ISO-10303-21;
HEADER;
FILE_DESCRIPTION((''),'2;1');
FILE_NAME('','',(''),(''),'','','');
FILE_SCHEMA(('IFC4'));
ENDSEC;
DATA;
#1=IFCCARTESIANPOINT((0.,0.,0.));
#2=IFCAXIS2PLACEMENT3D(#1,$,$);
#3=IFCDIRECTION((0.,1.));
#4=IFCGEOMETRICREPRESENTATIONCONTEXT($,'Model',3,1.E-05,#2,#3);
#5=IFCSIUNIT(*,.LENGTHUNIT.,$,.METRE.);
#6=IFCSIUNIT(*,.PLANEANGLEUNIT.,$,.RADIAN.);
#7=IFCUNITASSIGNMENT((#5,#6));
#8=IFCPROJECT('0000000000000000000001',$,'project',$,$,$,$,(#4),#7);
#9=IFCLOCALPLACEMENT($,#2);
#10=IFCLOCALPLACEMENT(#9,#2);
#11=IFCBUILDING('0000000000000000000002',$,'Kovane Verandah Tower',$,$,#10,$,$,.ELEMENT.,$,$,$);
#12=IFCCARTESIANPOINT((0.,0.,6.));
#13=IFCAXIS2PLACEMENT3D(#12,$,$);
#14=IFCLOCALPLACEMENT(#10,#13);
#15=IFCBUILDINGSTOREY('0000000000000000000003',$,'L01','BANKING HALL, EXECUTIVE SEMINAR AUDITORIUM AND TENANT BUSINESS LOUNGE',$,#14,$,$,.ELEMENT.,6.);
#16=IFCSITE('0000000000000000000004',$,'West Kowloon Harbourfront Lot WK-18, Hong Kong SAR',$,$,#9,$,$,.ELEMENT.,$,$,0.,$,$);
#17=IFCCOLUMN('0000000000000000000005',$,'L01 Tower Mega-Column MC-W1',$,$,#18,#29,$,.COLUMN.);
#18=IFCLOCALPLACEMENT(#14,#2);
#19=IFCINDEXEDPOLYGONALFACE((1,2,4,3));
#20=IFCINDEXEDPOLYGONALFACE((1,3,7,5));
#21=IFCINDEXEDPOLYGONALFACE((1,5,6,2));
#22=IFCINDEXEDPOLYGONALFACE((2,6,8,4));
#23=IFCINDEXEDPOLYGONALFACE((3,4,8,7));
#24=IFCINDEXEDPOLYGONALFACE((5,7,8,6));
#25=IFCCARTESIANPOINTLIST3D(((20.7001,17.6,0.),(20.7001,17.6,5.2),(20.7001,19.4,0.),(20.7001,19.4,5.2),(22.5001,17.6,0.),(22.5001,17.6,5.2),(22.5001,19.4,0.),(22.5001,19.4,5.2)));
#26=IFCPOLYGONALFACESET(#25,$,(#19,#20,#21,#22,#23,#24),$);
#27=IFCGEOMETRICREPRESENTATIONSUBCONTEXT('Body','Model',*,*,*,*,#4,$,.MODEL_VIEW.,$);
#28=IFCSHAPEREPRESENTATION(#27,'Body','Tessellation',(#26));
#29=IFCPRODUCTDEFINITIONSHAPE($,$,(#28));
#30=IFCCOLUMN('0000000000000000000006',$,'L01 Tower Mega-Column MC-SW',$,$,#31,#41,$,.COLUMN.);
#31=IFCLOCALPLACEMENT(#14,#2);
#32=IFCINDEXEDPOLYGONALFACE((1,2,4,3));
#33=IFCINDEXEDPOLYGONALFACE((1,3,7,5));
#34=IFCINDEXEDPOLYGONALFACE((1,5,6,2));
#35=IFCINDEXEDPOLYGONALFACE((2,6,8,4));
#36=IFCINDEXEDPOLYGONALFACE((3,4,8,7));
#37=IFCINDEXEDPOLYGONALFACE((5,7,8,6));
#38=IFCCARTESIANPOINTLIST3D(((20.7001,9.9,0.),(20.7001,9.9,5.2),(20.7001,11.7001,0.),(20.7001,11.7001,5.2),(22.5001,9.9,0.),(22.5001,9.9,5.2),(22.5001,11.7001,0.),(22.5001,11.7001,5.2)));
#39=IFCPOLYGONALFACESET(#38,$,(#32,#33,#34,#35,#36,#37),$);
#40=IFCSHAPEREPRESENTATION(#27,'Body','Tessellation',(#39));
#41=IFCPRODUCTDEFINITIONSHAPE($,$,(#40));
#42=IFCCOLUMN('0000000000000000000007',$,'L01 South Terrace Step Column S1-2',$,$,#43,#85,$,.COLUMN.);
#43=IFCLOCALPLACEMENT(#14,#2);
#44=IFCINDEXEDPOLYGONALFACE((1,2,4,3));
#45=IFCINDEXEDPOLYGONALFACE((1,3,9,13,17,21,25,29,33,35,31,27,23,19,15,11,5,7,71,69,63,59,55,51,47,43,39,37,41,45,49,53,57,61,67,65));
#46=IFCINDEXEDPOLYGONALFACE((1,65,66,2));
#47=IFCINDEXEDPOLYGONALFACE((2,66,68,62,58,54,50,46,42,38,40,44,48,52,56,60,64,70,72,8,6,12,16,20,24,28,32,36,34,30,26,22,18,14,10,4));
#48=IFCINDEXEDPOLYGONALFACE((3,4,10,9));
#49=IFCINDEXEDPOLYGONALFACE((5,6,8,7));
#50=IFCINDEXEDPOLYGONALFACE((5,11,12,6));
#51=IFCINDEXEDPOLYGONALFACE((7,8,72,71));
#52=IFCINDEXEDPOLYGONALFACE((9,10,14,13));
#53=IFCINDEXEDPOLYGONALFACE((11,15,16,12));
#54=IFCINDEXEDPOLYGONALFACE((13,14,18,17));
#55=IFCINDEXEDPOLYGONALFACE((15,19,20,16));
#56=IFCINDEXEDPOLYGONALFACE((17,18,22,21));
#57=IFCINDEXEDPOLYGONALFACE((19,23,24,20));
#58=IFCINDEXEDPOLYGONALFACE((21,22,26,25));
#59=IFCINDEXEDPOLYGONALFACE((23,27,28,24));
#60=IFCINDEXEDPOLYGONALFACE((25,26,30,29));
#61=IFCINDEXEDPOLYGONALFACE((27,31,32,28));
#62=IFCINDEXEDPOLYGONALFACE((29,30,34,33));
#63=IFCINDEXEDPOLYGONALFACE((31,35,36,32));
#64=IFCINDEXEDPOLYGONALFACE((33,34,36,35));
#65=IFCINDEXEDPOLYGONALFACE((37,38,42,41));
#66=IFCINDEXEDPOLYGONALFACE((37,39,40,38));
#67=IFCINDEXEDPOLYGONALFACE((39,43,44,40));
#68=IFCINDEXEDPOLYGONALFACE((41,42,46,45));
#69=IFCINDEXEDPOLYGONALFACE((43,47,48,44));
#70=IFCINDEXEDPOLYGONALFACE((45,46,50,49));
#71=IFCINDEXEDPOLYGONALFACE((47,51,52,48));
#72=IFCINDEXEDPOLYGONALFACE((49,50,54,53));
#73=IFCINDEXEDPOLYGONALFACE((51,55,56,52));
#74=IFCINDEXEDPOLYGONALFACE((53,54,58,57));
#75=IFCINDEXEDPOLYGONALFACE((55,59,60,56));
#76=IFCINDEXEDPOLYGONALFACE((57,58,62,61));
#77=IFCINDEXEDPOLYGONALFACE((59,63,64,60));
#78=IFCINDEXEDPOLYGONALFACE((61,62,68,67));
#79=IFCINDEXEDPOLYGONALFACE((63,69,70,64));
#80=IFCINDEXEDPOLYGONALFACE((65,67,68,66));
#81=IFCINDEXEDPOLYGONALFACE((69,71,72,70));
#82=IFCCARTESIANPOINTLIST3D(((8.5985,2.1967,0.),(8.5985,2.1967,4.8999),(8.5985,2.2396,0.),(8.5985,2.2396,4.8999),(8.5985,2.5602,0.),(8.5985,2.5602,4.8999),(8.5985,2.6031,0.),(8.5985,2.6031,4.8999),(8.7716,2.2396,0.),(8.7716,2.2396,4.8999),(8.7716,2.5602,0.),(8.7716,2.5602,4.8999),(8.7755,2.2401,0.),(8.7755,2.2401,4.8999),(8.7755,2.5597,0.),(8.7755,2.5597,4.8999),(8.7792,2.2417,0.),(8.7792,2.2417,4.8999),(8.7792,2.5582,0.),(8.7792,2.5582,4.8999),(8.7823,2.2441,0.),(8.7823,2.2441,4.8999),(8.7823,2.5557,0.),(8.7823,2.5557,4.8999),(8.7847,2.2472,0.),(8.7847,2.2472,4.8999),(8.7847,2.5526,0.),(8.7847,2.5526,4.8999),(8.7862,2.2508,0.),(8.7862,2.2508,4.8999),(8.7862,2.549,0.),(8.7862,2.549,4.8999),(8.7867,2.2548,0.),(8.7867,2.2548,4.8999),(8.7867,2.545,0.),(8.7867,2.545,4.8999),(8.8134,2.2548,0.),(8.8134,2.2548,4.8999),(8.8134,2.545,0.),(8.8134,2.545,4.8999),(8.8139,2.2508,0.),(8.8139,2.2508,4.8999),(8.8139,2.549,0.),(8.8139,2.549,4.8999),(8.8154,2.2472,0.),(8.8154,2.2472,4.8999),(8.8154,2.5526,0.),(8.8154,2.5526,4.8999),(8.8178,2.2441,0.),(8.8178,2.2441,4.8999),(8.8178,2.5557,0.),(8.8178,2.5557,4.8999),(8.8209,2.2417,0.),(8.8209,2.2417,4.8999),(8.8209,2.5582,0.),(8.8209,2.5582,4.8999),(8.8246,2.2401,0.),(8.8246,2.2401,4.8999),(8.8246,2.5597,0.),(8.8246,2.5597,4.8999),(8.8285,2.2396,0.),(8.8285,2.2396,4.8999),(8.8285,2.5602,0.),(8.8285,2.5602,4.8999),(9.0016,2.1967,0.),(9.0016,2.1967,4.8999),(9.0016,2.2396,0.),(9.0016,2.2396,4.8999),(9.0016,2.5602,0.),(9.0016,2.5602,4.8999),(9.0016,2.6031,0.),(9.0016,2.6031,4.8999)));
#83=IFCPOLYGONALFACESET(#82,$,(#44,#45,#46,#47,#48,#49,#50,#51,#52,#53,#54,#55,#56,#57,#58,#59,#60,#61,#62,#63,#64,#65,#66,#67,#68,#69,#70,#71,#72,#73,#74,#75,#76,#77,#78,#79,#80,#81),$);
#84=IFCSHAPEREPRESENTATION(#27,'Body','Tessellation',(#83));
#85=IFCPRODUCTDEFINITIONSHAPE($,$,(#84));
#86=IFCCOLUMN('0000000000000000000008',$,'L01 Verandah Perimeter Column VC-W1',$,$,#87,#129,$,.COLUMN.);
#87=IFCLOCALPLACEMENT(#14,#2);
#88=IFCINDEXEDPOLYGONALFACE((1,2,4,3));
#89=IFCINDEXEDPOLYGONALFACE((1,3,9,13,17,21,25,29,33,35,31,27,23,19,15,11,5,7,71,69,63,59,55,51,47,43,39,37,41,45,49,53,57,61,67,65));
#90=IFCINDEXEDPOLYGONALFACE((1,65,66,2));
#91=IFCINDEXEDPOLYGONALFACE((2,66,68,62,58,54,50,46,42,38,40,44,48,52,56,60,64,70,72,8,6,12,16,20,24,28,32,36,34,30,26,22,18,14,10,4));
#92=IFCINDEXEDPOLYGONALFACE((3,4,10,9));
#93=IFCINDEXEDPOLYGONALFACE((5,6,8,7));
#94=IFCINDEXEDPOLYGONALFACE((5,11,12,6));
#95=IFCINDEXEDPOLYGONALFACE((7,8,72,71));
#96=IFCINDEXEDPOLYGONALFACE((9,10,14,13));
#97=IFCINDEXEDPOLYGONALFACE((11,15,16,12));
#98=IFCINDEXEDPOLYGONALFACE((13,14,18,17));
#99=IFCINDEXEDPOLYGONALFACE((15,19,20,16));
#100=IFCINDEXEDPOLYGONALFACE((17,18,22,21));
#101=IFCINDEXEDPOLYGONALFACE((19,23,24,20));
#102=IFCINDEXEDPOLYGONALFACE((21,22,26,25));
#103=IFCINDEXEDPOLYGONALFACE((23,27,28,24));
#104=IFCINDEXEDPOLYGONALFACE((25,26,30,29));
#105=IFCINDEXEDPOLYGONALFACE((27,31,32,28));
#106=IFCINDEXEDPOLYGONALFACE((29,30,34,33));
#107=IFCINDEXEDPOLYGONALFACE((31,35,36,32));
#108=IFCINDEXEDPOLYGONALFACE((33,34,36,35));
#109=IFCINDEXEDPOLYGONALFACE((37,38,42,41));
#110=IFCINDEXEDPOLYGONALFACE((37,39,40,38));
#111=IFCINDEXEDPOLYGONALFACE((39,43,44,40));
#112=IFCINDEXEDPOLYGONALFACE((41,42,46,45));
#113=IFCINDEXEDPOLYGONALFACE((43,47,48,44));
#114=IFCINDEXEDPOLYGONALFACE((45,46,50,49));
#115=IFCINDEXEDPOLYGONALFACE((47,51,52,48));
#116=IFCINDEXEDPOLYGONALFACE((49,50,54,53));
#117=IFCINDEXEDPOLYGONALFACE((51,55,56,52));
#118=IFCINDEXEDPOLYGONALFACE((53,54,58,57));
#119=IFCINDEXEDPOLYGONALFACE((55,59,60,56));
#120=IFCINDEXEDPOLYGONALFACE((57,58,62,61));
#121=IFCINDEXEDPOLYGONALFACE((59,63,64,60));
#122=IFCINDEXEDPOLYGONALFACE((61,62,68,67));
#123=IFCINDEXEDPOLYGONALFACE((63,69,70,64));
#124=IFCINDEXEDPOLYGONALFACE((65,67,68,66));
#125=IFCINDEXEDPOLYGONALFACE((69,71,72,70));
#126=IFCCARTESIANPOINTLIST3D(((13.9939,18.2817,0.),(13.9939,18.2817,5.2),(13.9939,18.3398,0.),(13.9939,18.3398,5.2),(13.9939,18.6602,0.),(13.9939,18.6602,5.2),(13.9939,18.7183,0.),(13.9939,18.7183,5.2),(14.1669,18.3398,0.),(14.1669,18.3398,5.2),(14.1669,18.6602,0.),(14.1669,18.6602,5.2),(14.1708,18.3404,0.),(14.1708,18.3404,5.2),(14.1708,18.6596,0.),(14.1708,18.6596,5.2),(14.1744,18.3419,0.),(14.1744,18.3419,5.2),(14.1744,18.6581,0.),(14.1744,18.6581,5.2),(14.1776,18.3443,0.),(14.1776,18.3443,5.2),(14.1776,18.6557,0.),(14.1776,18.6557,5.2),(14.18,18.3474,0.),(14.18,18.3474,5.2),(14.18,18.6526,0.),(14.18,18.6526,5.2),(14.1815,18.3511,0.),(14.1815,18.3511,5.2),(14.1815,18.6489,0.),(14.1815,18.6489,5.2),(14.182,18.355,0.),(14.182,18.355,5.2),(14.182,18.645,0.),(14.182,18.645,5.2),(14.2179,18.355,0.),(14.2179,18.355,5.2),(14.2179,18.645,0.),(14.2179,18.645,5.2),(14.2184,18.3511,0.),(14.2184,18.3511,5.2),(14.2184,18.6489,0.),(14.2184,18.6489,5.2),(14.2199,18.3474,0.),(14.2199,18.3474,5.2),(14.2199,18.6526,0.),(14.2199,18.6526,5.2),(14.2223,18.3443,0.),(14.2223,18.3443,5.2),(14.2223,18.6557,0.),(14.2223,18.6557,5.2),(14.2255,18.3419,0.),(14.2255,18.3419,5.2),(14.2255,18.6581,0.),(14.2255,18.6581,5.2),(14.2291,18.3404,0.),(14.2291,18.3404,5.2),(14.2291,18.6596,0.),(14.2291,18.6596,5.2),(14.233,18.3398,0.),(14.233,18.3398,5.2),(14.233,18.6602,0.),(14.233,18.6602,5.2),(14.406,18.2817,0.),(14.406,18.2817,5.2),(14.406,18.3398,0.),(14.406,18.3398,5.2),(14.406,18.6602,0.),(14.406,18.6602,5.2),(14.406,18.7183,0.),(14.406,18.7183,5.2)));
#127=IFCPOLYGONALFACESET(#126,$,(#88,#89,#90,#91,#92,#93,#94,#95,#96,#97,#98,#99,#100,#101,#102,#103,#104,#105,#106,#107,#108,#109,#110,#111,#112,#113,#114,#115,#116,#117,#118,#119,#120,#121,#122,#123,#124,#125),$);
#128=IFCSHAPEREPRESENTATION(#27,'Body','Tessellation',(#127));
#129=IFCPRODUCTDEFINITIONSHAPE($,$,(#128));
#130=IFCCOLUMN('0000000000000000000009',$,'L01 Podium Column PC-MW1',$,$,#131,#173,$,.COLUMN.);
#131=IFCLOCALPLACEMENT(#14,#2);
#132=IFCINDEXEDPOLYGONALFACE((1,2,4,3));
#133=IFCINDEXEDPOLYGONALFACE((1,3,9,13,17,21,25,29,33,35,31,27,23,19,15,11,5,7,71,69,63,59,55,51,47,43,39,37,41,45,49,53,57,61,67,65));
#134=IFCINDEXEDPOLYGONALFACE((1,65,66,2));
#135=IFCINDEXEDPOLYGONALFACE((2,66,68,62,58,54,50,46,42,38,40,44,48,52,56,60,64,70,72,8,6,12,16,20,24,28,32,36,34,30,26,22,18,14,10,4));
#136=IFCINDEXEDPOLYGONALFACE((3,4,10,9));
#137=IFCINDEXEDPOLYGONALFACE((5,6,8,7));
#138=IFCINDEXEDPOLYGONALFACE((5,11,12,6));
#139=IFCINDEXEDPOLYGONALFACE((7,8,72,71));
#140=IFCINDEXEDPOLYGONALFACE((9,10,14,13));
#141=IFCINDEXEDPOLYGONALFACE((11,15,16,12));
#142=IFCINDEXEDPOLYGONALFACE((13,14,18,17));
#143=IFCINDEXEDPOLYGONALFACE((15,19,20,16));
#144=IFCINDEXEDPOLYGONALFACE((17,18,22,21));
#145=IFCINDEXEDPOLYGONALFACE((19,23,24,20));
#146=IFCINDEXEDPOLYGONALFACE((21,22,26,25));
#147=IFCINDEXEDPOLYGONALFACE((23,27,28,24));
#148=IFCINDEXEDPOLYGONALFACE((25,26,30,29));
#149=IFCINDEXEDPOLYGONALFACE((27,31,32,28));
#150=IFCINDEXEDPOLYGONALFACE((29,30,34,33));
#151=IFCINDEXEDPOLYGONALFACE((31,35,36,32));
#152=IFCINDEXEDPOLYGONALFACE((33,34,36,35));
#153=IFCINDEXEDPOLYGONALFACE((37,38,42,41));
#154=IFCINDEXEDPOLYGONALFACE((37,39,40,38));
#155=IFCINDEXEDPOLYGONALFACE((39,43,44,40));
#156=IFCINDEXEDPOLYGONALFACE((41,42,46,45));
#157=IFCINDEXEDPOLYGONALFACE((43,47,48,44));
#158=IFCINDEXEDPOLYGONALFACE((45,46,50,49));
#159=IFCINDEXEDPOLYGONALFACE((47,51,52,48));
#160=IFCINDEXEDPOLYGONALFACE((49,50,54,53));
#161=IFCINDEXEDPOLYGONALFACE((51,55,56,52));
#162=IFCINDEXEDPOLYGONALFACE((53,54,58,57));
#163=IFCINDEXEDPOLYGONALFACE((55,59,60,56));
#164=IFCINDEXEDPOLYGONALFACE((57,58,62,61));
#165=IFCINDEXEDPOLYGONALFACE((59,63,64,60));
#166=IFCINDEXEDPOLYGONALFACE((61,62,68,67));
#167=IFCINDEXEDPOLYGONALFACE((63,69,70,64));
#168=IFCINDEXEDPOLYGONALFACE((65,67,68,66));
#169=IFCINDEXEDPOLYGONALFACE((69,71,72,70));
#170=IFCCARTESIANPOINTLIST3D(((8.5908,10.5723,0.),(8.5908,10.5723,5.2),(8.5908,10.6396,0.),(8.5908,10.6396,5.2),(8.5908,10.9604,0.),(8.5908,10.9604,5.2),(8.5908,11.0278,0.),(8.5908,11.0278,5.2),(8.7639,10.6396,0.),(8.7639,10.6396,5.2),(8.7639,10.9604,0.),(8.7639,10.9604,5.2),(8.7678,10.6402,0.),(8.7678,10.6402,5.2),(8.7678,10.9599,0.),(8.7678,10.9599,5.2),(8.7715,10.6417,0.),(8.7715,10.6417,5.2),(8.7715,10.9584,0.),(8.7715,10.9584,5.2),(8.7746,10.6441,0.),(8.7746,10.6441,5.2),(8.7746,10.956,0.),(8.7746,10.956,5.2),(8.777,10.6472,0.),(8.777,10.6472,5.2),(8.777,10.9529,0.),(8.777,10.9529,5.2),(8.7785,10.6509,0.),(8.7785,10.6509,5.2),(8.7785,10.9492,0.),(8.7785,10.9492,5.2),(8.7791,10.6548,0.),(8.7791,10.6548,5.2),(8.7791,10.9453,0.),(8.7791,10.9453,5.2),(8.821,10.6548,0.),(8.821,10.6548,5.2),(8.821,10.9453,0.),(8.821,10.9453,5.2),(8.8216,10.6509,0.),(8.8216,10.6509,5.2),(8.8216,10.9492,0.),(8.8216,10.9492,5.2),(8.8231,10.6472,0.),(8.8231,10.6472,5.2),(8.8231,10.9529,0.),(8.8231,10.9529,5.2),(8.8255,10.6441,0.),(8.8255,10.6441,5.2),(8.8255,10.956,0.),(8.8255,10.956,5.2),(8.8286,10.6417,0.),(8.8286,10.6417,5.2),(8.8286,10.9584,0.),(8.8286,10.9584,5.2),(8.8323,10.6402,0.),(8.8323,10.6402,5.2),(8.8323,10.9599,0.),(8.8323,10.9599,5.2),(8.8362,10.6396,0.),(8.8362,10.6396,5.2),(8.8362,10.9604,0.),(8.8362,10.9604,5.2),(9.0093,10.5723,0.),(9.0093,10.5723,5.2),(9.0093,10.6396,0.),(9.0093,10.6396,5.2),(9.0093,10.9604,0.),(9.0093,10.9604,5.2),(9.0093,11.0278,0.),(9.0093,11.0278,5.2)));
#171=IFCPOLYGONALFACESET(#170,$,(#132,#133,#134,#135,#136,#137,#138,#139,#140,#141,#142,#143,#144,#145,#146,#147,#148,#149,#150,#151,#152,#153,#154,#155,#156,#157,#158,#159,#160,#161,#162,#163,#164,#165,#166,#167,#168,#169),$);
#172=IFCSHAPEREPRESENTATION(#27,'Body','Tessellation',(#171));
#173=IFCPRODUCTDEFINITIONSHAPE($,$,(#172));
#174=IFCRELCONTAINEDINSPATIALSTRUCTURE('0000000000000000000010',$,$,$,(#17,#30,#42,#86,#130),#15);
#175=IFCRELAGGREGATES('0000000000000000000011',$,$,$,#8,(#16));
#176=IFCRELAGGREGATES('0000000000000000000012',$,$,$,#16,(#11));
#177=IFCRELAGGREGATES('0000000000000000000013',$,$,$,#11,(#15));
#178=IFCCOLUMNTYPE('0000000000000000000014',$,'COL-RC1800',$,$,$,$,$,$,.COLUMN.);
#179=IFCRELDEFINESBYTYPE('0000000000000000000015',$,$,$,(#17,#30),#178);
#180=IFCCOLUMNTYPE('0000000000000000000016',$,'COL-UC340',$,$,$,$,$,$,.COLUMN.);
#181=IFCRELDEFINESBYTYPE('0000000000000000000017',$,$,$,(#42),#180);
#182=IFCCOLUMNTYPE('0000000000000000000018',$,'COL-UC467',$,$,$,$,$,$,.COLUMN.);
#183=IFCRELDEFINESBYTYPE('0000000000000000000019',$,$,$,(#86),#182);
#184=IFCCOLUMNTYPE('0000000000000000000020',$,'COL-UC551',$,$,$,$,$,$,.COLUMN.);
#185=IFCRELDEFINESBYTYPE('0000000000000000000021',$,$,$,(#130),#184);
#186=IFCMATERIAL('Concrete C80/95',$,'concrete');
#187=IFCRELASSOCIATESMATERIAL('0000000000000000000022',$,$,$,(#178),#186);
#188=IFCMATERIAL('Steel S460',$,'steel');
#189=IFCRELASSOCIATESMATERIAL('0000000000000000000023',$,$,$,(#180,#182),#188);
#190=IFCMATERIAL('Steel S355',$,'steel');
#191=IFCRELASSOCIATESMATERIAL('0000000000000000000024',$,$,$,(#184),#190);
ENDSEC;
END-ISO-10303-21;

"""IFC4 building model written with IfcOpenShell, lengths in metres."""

from ifc_helpers import new_model, si_unit, direction, frame, origin, origin_2d, place, context, subcontext, project, spatial, rectangle, i_section, extrude, material, material_profile, profile_set, type_object, element, save


model = new_model("IFC4")

# Units and contexts
model_context = context("Model", 3, precision=1e-05, world=origin(), true_north=direction((0.0, 1.0)))
body_context = subcontext(model_context, "Body", "Model", "MODEL_VIEW")
ifc_project = project(units=[si_unit("LENGTHUNIT", "METRE"), si_unit("PLANEANGLEUNIT", "RADIAN")], contexts=[model_context])

# Site, building, storey
site_placement = place(None, origin())
site = spatial("IfcSite", under=ifc_project, at=site_placement, Name="West Kowloon Harbourfront Lot WK-18, Hong Kong SAR", CompositionType="ELEMENT", RefElevation=0.0)
building_placement = place(site_placement, origin())
building = spatial("IfcBuilding", under=site, at=building_placement, Name="Kovane Verandah Tower", CompositionType="ELEMENT")
storey_placement = place(building_placement, frame((0.0, 0.0, 6.0)))
storey = spatial("IfcBuildingStorey", under=building, at=storey_placement, Name="L01", Description="BANKING HALL, EXECUTIVE SEMINAR AUDITORIUM AND TENANT BUSINESS LOUNGE", CompositionType="ELEMENT", Elevation=6.0)

# Columns
ifc_material_1 = material(Name="Concrete C80/95", Category="concrete")
ifc_material_profile_1 = material_profile(ifc_material_1, rectangle(XDim=1.8, YDim=1.8, at=origin_2d()), Name="RC1800x1800")
ifc_profile_set_1 = profile_set([ifc_material_profile_1], Name="Concrete C80/95")
column_type_1 = type_object("IfcColumnType", Name="COL-RC1800", PredefinedType="COLUMN", material=ifc_profile_set_1)
for number, where, z_axis, x_axis, name in (
    (1, (21.6001, 18.5, 0.0), (0.0, 0.0, 1.0), (1.0, 0.0, 0.0), "L01 Tower Mega-Column MC-W1"),
    (2, (21.6001, 10.8, 0.0), (0.0, 0.0, 1.0), (1.0, 0.0, 0.0), "L01 Tower Mega-Column MC-SW"),
):
    element("IfcColumn", number, at=place(storey_placement, frame(where, z_axis=z_axis, x_axis=x_axis)), inside=storey, type_object=column_type_1, Name=name, PredefinedType="COLUMN", context=body_context, shape_type="SweptSolid", body=[
        extrude(rectangle(XDim=1.8, YDim=1.8, at=origin_2d()), origin(), (0.0, 0.0, 1.0), 5.2),
    ])
ifc_material_2 = material(Name="Steel S460", Category="steel")
ifc_material_profile_2 = material_profile(ifc_material_2, i_section(OverallWidth=0.4031, OverallDepth=0.4065, WebThickness=0.0266, FlangeThickness=0.043, FilletRadius=0.0151, at=origin_2d()), Name="UC356x406x340")
ifc_profile_set_2 = profile_set([ifc_material_profile_2], Name="Steel S460")
column_type_2 = type_object("IfcColumnType", Name="COL-UC340", PredefinedType="COLUMN", material=ifc_profile_set_2)
column_1_placement = place(storey_placement, frame((8.8, 2.3999, 0.0), z_axis=(0.0, 0.0, 1.0), x_axis=(1.0, 0.0, 0.0)))
element("IfcColumn", 3, at=column_1_placement, inside=storey, type_object=column_type_2, Name="L01 South Terrace Step Column S1-2", PredefinedType="COLUMN", context=body_context, shape_type="SweptSolid", body=[
    extrude(i_section(OverallWidth=0.4031, OverallDepth=0.4065, WebThickness=0.0266, FlangeThickness=0.043, FilletRadius=0.0151, at=origin_2d()), origin(), (0.0, 0.0, 1.0), 4.8999),
])
ifc_material_profile_3 = material_profile(ifc_material_2, i_section(OverallWidth=0.4121, OverallDepth=0.4365, WebThickness=0.0359, FlangeThickness=0.0581, FilletRadius=0.0151, at=origin_2d()), Name="UC356x406x467")
ifc_profile_set_3 = profile_set([ifc_material_profile_3], Name="Steel S460")
column_type_3 = type_object("IfcColumnType", Name="COL-UC467", PredefinedType="COLUMN", material=ifc_profile_set_3)
column_2_placement = place(storey_placement, frame((14.2, 18.5, 0.0), z_axis=(0.0, 0.0, 1.0), x_axis=(1.0, 0.0, 0.0)))
element("IfcColumn", 4, at=column_2_placement, inside=storey, type_object=column_type_3, Name="L01 Verandah Perimeter Column VC-W1", PredefinedType="COLUMN", context=body_context, shape_type="SweptSolid", body=[
    extrude(i_section(OverallWidth=0.4121, OverallDepth=0.4365, WebThickness=0.0359, FlangeThickness=0.0581, FilletRadius=0.0151, at=origin_2d()), origin(), (0.0, 0.0, 1.0), 5.2),
])
ifc_material_3 = material(Name="Steel S355", Category="steel")
ifc_material_profile_4 = material_profile(ifc_material_3, i_section(OverallWidth=0.4185, OverallDepth=0.4556, WebThickness=0.042, FlangeThickness=0.0674, FilletRadius=0.0151, at=origin_2d()), Name="UC356x406x551")
ifc_profile_set_4 = profile_set([ifc_material_profile_4], Name="Steel S355")
column_type_4 = type_object("IfcColumnType", Name="COL-UC551", PredefinedType="COLUMN", material=ifc_profile_set_4)
for number, where, z_axis, x_axis, name in (
    (5, (8.8, 10.8, 0.0), (0.0, 0.0, 1.0), (1.0, 0.0, 0.0), "L01 Podium Column PC-MW1"),
):
    element("IfcColumn", number, at=place(storey_placement, frame(where, z_axis=z_axis, x_axis=x_axis)), inside=storey, type_object=column_type_4, Name=name, PredefinedType="COLUMN", context=body_context, shape_type="SweptSolid", body=[
        extrude(i_section(OverallWidth=0.4185, OverallDepth=0.4556, WebThickness=0.042, FlangeThickness=0.0674, FilletRadius=0.0151, at=origin_2d()), origin(), (0.0, 0.0, 1.0), 5.2),
    ])

save(model, "model.ifc")
